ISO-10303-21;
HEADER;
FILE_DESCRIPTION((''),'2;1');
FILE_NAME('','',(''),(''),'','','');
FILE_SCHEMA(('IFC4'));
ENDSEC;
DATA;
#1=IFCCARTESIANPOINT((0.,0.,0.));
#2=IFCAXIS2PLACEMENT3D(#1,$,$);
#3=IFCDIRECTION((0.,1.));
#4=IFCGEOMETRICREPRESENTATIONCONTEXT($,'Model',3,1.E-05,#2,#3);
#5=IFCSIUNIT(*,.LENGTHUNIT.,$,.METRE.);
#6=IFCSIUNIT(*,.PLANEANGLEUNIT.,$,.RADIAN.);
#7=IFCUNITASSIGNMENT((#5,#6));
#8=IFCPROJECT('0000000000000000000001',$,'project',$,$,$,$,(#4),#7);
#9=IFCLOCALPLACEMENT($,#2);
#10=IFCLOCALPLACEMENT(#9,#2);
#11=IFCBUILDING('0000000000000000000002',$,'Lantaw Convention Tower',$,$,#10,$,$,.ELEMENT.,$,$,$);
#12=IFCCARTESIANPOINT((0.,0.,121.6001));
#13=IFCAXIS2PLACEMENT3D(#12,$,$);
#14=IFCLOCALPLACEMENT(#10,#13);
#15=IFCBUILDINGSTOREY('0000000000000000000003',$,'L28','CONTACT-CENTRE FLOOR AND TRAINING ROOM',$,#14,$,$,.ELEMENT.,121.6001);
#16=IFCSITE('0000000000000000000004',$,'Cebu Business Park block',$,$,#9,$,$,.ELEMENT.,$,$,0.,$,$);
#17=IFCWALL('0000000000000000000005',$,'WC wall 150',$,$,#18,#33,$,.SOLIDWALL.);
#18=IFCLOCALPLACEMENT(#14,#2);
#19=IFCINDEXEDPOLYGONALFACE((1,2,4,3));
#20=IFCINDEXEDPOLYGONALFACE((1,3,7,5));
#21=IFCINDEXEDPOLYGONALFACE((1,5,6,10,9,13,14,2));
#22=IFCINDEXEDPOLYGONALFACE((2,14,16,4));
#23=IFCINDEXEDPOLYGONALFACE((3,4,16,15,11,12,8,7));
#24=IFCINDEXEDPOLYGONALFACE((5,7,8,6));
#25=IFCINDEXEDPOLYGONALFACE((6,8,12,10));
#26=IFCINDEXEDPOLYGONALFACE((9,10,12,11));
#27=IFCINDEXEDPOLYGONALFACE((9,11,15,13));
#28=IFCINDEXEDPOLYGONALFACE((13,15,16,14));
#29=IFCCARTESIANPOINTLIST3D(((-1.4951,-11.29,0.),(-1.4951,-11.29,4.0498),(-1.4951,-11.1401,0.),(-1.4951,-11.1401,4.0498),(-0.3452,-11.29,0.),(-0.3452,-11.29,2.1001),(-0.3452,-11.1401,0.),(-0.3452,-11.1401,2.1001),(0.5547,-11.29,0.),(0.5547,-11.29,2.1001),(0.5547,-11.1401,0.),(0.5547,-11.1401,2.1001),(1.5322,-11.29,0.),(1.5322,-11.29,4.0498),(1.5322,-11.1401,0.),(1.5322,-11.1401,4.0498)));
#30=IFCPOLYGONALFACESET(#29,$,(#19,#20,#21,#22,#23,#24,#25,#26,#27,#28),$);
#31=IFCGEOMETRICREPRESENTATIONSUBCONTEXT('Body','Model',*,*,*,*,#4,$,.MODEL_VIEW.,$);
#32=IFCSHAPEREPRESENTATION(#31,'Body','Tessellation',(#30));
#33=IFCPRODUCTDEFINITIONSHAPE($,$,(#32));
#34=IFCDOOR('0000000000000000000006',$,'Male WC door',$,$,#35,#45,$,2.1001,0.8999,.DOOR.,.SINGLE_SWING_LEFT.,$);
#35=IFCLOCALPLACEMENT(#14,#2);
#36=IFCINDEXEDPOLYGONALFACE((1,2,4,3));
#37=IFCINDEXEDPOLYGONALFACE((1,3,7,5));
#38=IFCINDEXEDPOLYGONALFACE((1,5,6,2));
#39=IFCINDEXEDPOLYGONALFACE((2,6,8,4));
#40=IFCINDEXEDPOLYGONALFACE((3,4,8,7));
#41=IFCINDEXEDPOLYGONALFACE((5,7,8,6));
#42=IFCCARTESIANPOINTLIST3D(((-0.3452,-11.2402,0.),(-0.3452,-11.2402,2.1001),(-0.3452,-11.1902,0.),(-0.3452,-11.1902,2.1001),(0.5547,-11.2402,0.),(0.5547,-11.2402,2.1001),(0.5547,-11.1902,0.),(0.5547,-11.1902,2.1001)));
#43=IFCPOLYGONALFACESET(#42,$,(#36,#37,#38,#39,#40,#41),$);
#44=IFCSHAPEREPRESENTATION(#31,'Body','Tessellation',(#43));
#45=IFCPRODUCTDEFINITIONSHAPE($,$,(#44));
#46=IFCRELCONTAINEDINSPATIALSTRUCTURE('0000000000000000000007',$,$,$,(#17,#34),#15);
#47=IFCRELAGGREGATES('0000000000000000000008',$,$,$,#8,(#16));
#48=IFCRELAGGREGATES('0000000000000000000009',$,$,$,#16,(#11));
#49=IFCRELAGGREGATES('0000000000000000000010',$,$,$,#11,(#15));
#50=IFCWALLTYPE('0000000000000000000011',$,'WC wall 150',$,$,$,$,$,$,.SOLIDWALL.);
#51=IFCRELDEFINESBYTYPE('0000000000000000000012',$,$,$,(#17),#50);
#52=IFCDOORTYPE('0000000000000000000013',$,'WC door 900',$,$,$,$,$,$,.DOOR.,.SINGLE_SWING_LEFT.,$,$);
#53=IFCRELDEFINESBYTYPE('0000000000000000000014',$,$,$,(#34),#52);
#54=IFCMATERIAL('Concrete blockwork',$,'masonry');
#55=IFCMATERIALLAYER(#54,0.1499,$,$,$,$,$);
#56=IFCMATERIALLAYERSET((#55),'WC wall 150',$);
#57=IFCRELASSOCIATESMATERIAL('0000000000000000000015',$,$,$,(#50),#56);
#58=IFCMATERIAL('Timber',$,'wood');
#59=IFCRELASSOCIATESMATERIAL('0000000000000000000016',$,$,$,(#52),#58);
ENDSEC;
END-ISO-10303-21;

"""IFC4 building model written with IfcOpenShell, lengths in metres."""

from ifc_helpers import new_model, si_unit, direction, frame, frame_2d, origin, place, context, subcontext, project, spatial, rectangle, extrude, material, layer, layer_set, type_object, element, fill, save


model = new_model("IFC4")

# Units and contexts
model_context = context("Model", 3, precision=1e-05, world=origin(), true_north=direction((0.0, 1.0)))
body_context = subcontext(model_context, "Body", "Model", "MODEL_VIEW")
ifc_project = project(units=[si_unit("LENGTHUNIT", "METRE"), si_unit("PLANEANGLEUNIT", "RADIAN")], contexts=[model_context])

# Site, building, storey
site_placement = place(None, origin())
site = spatial("IfcSite", under=ifc_project, at=site_placement, Name="Cebu Business Park block", CompositionType="ELEMENT", RefElevation=0.0)
building_placement = place(site_placement, origin())
building = spatial("IfcBuilding", under=site, at=building_placement, Name="Lantaw Convention Tower", CompositionType="ELEMENT")
storey_placement = place(building_placement, frame((0.0, 0.0, 121.6001)))
storey = spatial("IfcBuildingStorey", under=building, at=storey_placement, Name="L28", Description="CONTACT-CENTRE FLOOR AND TRAINING ROOM", CompositionType="ELEMENT", Elevation=121.6001)

# Shared definitions
ifc_material_1 = material(Name="Concrete blockwork", Category="masonry")
ifc_layer_1 = layer(ifc_material_1, 0.1499)
ifc_layer_set_1 = layer_set([ifc_layer_1], Name="WC wall 150")
wall_type_1 = type_object("IfcWallType", Name="WC wall 150", PredefinedType="SOLIDWALL", material=ifc_layer_set_1)
ifc_material_2 = material(Name="Timber", Category="wood")
door_type_1 = type_object("IfcDoorType", Name="WC door 900", OperationType="SINGLE_SWING_LEFT", PredefinedType="DOOR", material=ifc_material_2)

# Wall, opening, door
wall_1_placement = place(storey_placement, frame((-1.4951, -11.2151, 0.0), z_axis=(0.0, 0.0, 1.0), x_axis=(1.0, 0.0, 0.0)))
wall_1 = element("IfcWall", 1, at=wall_1_placement, inside=storey, type_object=wall_type_1, Name="WC wall 150", PredefinedType="SOLIDWALL", context=body_context, shape_type="SweptSolid", body=[
    extrude(rectangle(XDim=3.0273, YDim=0.1499, at=frame_2d((1.5137, 0.0))), origin(), (0.0, 0.0, 1.0), 4.0498),
])
opening_1_placement = place(wall_1_placement, frame((1.1499, 0.0, 0.0)))
opening_1 = element("IfcOpeningElement", 2, at=opening_1_placement, cuts=wall_1, PredefinedType="OPENING", context=body_context, shape_type="SweptSolid", body=[
    extrude(rectangle(XDim=0.8999, YDim=2.1001, at=frame_2d((0.45, 1.05))), frame((0.0, 0.085, 0.0), z_axis=(0.0, -1.0, 0.0), x_axis=(1.0, 0.0, 0.0)), (0.0, 0.0, 1.0), 0.1699),
])
door_1_placement = place(opening_1_placement, origin())
door_1 = element("IfcDoor", 3, at=door_1_placement, inside=storey, type_object=door_type_1, Name="Male WC door", OperationType="SINGLE_SWING_LEFT", OverallHeight=2.1001, OverallWidth=0.8999, PredefinedType="DOOR", context=body_context, shape_type="SweptSolid", body=[
    extrude(rectangle(XDim=0.8999, YDim=2.1001, at=frame_2d((0.45, 1.05))), frame((0.0, 0.0249, 0.0), z_axis=(0.0, -1.0, 0.0), x_axis=(1.0, 0.0, 0.0)), (0.0, 0.0, 1.0), 0.05),
])
fill(opening_1, door_1)

save(model, "model.ifc")
